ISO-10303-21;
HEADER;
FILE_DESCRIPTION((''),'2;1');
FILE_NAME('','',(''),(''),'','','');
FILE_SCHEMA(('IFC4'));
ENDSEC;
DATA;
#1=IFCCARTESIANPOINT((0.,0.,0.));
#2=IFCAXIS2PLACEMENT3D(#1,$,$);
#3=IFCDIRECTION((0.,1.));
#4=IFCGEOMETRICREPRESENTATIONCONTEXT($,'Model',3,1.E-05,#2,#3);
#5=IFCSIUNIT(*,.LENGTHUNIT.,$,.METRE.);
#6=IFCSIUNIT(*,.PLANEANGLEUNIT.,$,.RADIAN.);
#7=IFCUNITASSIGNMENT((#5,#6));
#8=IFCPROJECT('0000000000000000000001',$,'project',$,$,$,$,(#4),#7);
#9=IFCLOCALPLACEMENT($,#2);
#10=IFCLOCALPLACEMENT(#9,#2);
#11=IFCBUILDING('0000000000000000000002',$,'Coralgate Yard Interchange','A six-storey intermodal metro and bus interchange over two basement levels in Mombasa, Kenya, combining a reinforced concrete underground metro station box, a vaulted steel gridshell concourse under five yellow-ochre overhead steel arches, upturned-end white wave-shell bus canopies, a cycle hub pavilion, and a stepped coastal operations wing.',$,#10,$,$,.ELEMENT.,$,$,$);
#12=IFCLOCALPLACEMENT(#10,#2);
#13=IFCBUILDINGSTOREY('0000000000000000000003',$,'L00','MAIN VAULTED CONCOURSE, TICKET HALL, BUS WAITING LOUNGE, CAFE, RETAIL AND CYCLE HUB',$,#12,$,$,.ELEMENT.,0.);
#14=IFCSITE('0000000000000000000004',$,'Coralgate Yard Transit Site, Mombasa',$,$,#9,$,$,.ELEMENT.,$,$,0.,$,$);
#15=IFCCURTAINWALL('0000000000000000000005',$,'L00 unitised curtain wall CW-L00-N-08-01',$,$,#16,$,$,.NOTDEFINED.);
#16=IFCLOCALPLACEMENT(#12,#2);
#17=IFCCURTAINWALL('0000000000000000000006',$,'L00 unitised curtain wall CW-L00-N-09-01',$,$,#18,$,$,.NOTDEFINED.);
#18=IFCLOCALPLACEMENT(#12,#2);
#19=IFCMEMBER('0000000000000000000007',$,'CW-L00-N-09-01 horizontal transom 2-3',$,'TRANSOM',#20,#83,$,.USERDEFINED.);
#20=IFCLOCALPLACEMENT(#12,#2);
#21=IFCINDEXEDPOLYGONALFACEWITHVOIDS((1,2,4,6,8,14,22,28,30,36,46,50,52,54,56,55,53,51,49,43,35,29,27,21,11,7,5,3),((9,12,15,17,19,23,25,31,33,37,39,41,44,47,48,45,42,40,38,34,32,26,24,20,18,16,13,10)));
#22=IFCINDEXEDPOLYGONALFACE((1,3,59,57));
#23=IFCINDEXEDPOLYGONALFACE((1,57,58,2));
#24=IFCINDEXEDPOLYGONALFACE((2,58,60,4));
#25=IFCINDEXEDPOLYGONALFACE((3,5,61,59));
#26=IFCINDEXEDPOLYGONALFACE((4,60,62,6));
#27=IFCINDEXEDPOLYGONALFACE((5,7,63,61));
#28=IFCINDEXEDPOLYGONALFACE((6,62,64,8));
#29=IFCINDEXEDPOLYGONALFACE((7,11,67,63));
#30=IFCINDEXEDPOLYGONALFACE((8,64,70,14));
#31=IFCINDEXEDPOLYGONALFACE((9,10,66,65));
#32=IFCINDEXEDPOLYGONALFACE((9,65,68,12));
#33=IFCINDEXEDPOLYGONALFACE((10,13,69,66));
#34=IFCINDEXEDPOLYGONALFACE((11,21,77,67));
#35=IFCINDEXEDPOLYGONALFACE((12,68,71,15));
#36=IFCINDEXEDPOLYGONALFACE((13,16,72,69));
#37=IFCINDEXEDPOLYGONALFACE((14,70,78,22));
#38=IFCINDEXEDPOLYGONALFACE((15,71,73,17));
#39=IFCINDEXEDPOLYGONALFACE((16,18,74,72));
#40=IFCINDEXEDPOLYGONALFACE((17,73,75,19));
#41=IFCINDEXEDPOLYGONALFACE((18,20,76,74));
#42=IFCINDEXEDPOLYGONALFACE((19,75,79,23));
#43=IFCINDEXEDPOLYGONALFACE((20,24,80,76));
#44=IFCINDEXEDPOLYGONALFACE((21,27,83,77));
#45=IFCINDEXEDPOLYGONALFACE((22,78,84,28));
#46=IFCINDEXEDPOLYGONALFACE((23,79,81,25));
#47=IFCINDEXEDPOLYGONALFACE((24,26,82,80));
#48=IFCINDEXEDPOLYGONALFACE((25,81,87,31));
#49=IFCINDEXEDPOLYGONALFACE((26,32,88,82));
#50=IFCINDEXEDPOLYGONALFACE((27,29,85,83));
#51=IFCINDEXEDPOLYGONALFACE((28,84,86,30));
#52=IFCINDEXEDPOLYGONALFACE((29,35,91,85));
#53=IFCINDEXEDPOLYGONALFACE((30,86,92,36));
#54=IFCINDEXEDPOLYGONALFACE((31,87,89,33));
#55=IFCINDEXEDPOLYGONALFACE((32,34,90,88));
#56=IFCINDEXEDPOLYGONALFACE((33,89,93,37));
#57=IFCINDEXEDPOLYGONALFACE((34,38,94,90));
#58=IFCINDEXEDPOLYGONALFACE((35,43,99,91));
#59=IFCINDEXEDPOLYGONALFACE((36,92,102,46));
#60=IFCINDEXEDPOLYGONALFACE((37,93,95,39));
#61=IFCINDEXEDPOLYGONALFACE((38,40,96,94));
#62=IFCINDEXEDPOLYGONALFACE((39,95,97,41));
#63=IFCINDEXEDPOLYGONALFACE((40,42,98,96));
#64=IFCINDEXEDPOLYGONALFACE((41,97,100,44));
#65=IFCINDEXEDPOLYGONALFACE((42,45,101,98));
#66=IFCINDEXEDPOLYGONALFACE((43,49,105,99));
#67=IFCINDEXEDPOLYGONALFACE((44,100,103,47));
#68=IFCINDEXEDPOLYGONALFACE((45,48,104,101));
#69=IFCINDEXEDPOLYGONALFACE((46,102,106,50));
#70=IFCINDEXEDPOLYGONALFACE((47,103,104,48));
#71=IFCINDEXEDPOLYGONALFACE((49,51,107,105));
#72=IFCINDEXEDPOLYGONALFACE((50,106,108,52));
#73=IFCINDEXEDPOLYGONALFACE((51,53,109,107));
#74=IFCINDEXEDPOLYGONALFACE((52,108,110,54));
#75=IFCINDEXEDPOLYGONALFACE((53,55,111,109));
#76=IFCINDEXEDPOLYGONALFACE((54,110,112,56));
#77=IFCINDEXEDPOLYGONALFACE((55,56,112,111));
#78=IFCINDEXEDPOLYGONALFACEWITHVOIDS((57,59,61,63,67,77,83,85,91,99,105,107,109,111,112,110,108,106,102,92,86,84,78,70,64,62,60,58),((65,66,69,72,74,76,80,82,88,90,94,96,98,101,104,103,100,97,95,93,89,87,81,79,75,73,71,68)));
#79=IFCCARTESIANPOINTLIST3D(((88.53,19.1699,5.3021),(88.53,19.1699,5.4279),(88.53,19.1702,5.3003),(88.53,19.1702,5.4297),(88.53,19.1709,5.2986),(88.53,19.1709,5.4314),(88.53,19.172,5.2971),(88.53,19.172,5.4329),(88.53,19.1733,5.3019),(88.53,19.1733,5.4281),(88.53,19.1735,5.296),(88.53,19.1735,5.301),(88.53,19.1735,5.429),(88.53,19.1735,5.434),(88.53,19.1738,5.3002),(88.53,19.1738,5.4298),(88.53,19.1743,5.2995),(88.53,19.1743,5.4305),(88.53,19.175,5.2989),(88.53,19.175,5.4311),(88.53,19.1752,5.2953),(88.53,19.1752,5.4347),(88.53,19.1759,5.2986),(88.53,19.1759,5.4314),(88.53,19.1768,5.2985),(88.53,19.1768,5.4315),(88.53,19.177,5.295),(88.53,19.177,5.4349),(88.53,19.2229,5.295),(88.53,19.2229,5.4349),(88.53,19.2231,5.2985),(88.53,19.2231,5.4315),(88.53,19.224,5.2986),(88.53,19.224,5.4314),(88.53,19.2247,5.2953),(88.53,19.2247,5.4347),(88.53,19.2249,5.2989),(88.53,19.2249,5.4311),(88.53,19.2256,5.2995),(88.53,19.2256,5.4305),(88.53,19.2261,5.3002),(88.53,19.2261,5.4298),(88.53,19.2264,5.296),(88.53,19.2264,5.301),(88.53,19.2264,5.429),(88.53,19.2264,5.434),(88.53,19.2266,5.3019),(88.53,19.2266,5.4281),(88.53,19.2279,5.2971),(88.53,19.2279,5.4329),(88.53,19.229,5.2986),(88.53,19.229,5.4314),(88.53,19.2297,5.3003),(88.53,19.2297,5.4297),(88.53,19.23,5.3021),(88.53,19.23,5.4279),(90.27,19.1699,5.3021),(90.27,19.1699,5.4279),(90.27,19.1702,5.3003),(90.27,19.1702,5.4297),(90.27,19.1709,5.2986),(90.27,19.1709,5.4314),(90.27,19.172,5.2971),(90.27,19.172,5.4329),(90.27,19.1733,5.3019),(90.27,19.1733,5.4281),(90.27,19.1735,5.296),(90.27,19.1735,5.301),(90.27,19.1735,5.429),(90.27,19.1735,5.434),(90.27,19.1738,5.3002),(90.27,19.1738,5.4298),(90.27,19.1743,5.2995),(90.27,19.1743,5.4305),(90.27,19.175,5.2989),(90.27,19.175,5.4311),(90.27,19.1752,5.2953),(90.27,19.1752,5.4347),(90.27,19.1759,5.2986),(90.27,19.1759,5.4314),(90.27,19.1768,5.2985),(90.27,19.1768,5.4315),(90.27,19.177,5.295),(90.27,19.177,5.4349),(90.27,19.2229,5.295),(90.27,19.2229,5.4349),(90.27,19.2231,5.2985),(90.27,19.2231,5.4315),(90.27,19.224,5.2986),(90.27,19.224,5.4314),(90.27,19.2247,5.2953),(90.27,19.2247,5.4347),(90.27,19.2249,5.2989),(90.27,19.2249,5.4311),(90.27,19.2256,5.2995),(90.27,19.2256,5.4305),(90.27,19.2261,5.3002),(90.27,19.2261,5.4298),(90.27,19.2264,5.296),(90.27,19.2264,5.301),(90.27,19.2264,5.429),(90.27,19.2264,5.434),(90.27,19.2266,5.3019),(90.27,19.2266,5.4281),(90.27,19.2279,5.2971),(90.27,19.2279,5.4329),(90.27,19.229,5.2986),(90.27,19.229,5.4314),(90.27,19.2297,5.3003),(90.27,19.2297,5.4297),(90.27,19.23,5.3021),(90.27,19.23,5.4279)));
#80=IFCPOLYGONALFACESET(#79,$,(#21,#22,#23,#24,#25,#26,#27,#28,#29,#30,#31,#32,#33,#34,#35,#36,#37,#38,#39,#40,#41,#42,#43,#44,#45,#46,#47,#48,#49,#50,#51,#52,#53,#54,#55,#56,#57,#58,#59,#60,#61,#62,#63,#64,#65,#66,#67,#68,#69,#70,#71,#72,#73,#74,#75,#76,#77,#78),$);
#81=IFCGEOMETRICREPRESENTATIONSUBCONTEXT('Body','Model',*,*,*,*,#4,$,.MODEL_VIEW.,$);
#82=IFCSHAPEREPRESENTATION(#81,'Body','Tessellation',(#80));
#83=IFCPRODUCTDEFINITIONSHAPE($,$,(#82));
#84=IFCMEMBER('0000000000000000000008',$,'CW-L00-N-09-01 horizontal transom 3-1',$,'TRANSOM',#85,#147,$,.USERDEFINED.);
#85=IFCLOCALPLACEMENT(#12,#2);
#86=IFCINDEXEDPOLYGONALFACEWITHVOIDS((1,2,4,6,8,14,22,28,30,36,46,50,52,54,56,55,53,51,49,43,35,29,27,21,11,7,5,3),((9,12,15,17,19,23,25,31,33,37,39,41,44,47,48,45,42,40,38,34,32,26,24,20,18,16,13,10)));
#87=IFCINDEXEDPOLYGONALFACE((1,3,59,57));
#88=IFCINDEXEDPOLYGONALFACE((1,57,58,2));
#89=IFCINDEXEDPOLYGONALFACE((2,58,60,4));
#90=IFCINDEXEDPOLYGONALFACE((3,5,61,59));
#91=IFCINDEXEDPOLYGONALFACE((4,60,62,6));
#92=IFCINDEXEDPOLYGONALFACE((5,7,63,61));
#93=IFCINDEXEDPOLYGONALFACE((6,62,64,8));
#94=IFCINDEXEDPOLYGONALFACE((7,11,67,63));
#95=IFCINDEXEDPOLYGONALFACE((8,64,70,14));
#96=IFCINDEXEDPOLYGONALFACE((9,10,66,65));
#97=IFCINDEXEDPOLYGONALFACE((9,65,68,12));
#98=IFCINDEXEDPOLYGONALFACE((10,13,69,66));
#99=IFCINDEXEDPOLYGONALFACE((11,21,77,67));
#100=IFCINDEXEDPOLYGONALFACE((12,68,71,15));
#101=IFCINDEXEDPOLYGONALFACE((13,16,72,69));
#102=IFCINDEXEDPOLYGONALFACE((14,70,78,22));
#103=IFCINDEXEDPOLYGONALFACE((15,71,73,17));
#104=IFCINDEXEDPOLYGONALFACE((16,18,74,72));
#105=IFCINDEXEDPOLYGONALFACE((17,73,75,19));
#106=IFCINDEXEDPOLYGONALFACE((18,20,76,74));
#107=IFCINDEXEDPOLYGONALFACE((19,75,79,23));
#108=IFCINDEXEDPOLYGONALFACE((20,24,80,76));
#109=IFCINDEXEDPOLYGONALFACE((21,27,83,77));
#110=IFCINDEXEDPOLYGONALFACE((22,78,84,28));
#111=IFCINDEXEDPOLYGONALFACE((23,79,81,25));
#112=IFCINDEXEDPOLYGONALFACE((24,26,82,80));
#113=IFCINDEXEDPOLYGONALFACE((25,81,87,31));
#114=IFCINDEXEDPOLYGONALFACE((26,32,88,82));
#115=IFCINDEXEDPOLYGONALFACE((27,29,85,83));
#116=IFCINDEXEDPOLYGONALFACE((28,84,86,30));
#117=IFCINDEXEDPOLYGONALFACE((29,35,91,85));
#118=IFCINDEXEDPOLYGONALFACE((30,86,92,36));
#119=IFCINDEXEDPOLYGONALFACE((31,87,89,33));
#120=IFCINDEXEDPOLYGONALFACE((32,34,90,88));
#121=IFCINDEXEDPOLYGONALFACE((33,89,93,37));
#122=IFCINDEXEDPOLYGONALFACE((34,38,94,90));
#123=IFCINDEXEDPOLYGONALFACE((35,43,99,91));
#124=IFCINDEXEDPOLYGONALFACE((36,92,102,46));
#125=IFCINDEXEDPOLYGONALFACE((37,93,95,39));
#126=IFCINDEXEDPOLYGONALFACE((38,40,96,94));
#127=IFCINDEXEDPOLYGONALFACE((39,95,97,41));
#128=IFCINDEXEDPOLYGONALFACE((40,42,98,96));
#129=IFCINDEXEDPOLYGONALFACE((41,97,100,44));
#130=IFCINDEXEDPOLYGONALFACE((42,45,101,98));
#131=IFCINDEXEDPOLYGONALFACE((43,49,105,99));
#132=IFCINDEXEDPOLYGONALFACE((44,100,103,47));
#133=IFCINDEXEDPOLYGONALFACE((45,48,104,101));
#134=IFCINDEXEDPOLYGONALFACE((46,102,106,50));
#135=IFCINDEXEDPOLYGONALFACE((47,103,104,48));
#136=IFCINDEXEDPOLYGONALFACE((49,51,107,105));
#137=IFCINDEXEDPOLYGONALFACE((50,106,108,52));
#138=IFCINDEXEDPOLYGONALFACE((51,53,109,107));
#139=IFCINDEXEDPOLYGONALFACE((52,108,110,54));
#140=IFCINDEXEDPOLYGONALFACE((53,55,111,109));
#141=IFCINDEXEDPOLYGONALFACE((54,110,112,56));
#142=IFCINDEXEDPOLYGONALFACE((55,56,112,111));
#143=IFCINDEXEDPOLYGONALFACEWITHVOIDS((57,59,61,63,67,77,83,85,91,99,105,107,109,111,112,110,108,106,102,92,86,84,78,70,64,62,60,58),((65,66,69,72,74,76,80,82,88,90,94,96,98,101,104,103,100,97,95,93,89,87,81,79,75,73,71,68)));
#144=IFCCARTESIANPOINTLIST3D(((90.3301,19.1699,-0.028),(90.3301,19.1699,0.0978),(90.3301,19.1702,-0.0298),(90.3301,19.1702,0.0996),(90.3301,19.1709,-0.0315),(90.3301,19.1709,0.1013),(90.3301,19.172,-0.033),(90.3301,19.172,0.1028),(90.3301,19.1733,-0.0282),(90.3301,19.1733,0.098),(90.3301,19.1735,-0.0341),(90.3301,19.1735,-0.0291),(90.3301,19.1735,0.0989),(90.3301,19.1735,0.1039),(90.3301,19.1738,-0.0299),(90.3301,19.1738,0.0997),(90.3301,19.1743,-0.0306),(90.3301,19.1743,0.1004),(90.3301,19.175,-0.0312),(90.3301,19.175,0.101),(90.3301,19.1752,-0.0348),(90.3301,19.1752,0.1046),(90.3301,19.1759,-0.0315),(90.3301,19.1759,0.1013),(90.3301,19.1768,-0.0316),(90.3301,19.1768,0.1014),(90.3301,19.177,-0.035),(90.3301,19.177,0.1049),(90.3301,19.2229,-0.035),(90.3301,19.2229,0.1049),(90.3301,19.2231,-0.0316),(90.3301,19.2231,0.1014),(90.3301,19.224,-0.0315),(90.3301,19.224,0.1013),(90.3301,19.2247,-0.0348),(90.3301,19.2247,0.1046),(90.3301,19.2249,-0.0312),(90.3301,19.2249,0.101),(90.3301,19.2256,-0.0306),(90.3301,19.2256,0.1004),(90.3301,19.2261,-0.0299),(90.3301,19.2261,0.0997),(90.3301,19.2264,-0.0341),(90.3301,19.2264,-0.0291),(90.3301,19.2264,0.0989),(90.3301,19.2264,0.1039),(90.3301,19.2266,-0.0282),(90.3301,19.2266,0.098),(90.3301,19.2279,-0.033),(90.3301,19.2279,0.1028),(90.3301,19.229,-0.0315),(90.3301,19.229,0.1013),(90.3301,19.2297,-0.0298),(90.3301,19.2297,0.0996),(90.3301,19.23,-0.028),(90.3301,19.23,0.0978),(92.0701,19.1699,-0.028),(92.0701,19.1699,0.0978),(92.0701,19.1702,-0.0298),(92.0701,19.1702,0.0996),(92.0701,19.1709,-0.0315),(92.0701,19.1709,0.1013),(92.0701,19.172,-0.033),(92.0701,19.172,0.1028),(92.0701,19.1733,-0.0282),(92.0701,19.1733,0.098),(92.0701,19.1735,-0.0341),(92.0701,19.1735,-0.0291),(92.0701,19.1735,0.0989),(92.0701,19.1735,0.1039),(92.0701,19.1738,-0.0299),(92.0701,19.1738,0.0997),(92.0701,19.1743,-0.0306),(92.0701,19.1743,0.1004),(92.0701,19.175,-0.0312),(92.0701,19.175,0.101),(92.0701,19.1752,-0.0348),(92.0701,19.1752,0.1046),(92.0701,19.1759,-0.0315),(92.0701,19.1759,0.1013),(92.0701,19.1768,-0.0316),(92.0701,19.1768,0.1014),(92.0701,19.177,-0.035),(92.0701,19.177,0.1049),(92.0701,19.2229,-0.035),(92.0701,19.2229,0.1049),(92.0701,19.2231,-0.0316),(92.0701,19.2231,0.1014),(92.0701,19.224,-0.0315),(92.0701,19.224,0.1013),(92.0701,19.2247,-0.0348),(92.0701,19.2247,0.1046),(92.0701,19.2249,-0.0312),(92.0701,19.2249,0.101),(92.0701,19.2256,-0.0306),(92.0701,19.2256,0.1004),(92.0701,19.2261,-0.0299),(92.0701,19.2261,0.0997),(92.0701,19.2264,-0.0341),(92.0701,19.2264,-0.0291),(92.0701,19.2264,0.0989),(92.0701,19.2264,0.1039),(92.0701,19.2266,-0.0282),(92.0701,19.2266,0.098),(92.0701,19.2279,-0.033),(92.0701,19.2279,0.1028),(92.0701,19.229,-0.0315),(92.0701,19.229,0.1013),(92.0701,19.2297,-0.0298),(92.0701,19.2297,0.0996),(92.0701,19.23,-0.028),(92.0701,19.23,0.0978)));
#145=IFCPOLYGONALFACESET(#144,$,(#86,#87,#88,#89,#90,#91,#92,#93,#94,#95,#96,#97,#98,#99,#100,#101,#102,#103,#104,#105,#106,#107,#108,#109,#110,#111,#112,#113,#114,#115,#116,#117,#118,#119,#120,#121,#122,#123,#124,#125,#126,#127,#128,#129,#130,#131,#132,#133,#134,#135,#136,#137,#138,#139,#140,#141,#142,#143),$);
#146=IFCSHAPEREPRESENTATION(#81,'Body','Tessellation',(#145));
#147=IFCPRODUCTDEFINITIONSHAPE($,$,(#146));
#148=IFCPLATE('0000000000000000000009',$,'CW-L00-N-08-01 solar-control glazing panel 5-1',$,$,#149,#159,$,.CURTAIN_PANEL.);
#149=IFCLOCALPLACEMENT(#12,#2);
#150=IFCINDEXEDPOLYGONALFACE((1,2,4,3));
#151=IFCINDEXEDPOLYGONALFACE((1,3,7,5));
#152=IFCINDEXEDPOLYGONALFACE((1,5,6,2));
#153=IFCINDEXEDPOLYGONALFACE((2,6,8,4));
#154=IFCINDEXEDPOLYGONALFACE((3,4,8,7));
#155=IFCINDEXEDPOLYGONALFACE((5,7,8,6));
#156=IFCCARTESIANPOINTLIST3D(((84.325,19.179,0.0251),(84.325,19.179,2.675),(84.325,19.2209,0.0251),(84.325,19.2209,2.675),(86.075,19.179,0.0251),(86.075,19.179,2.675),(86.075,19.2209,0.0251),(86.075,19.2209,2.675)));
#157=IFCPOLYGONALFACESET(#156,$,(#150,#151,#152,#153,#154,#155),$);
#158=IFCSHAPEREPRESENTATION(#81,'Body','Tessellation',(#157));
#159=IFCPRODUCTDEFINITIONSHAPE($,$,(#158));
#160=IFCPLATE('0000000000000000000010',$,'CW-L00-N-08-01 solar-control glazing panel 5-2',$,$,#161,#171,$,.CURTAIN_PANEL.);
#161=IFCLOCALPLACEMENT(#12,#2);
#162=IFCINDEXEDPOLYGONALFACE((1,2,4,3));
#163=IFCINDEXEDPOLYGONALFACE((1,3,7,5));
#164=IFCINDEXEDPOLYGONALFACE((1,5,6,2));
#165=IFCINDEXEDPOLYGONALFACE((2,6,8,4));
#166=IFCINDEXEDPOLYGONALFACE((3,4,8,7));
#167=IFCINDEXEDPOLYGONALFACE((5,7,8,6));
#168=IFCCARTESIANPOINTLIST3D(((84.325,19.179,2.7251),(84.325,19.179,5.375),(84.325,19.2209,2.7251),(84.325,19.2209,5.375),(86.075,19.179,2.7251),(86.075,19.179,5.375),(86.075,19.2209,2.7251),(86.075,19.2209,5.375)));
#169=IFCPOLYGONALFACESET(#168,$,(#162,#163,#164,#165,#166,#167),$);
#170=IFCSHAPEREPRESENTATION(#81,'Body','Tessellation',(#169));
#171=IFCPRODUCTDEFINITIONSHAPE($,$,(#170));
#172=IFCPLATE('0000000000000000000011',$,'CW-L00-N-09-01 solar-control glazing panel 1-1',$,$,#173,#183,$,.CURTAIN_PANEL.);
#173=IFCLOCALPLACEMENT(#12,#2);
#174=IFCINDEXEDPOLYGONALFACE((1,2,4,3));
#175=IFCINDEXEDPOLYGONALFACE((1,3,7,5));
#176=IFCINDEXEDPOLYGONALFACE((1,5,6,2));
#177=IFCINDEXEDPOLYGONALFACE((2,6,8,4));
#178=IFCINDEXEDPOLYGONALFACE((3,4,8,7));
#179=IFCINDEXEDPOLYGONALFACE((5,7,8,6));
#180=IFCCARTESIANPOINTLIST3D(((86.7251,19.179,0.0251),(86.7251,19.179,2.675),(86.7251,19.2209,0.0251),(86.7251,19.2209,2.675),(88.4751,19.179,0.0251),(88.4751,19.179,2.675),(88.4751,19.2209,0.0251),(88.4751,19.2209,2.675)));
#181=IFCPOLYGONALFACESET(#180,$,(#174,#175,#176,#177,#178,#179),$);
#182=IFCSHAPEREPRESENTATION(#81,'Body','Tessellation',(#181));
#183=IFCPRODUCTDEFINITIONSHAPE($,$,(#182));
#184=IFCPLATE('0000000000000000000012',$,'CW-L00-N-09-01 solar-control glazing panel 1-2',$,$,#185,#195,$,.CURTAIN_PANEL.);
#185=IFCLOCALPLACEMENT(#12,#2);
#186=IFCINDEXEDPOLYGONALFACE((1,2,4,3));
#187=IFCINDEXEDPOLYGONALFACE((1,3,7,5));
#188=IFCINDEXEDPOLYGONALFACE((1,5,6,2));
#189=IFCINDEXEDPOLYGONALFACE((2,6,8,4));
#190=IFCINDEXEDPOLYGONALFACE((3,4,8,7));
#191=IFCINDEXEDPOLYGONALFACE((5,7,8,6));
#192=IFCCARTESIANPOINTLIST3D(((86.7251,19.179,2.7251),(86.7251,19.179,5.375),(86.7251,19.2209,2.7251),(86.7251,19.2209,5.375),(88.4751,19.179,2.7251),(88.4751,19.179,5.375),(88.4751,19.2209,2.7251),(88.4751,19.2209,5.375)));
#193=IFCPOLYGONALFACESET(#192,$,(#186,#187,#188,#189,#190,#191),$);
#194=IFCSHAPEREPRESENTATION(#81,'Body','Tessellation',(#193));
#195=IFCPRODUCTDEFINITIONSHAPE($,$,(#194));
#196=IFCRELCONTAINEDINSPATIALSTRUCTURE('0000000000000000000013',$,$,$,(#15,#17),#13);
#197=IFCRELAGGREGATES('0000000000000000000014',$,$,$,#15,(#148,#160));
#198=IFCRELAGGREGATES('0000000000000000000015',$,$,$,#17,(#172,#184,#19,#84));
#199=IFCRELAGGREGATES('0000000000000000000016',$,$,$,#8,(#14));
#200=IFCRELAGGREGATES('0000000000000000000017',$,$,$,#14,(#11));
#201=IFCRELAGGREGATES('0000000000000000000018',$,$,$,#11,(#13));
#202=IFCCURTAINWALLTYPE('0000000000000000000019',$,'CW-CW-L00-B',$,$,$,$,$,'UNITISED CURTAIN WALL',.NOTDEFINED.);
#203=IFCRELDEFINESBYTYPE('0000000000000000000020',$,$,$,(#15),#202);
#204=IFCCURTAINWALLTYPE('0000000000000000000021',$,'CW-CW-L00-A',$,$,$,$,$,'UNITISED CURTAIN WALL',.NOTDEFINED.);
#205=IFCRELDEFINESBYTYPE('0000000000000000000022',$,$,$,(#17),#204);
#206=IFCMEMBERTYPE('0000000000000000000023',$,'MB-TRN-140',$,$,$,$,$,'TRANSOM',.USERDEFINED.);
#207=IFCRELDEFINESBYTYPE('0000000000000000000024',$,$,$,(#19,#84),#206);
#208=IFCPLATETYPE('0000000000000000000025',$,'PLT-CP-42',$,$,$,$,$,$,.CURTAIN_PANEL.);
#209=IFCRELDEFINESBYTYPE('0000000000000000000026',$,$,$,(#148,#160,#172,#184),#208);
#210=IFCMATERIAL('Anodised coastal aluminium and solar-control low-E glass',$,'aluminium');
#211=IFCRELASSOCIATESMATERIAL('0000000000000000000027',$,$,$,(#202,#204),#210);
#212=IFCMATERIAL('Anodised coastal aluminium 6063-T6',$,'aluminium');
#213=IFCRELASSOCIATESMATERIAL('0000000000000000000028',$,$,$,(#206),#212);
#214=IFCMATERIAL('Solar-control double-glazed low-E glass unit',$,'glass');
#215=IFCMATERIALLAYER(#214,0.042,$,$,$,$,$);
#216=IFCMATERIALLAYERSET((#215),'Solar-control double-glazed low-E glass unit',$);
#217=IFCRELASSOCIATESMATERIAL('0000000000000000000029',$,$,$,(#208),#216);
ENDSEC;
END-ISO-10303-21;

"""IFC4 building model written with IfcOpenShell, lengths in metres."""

from ifc_helpers import new_model, si_unit, direction, frame, origin, origin_2d, place, context, subcontext, project, spatial, rectangle, hollow_rectangle, extrude, material, layer, layer_set, material_profile, profile_set, type_object, element, aggregate, save


model = new_model("IFC4")

# Units and contexts
model_context = context("Model", 3, precision=1e-05, world=origin(), true_north=direction((0.0, 1.0)))
body_context = subcontext(model_context, "Body", "Model", "MODEL_VIEW")
ifc_project = project(units=[si_unit("LENGTHUNIT", "METRE"), si_unit("PLANEANGLEUNIT", "RADIAN")], contexts=[model_context])

# Site, building, storey
site_placement = place(None, origin())
site = spatial("IfcSite", under=ifc_project, at=site_placement, Name="Coralgate Yard Transit Site, Mombasa", CompositionType="ELEMENT", RefElevation=0.0)
building_placement = place(site_placement, origin())
building = spatial("IfcBuilding", under=site, at=building_placement, Name="Coralgate Yard Interchange", Description="A six-storey intermodal metro and bus interchange over two basement levels in Mombasa, Kenya, combining a reinforced concrete underground metro station box, a vaulted steel gridshell concourse under five yellow-ochre overhead steel arches, upturned-end white wave-shell bus canopies, a cycle hub pavilion, and a stepped coastal operations wing.", CompositionType="ELEMENT")
storey_placement = place(building_placement, origin())
storey = spatial("IfcBuildingStorey", under=building, at=storey_placement, Name="L00", Description="MAIN VAULTED CONCOURSE, TICKET HALL, BUS WAITING LOUNGE, CAFE, RETAIL AND CYCLE HUB", CompositionType="ELEMENT", Elevation=0.0)

# Curtain wall
ifc_material_1 = material(Name="Anodised coastal aluminium and solar-control low-E glass", Category="aluminium")
curtain_wall_type_1 = type_object("IfcCurtainWallType", Name="CW-CW-L00-B", ElementType="UNITISED CURTAIN WALL", PredefinedType="NOTDEFINED", material=ifc_material_1)
curtain_wall_1_placement = place(storey_placement, origin())
curtain_wall_1 = element("IfcCurtainWall", 1, at=curtain_wall_1_placement, inside=storey, type_object=curtain_wall_type_1, Name="L00 unitised curtain wall CW-L00-N-08-01", PredefinedType="NOTDEFINED")
ifc_material_2 = material(Name="Anodised coastal aluminium 6063-T6", Category="aluminium")

# Curtain wall
curtain_wall_type_2 = type_object("IfcCurtainWallType", Name="CW-CW-L00-A", ElementType="UNITISED CURTAIN WALL", PredefinedType="NOTDEFINED", material=ifc_material_1)
curtain_wall_2_placement = place(storey_placement, origin())
curtain_wall_2 = element("IfcCurtainWall", 2, at=curtain_wall_2_placement, inside=storey, type_object=curtain_wall_type_2, Name="L00 unitised curtain wall CW-L00-N-09-01", PredefinedType="NOTDEFINED")

# Members
ifc_material_profile_1 = material_profile(ifc_material_2, hollow_rectangle(XDim=0.0601, YDim=0.1399, WallThickness=0.0034, InnerFilletRadius=0.0034, OuterFilletRadius=0.0071, at=origin_2d()), Name="ALU 60x140x3.5")
ifc_profile_set_1 = profile_set([ifc_material_profile_1], Name="Anodised coastal aluminium 6063-T6")
member_type_1 = type_object("IfcMemberType", Name="MB-TRN-140", ElementType="TRANSOM", PredefinedType="USERDEFINED", material=ifc_profile_set_1)
member_1_placement = place(storey_placement, frame((88.53, 19.2, 5.365), z_axis=(1.0, 0.0, 0.0), x_axis=(0.0, 1.0, 0.0)))
member_1 = element("IfcMember", 3, at=member_1_placement, type_object=member_type_1, Name="CW-L00-N-09-01 horizontal transom 2-3", ObjectType="TRANSOM", PredefinedType="USERDEFINED", context=body_context, shape_type="SweptSolid", body=[
    extrude(hollow_rectangle(XDim=0.0601, YDim=0.1399, WallThickness=0.0034, InnerFilletRadius=0.0034, OuterFilletRadius=0.0071, at=origin_2d()), origin(), (0.0, 0.0, 1.0), 1.74),
])
member_2_placement = place(storey_placement, frame((90.3301, 19.2, 0.0349), z_axis=(1.0, 0.0, 0.0), x_axis=(0.0, 1.0, 0.0)))
member_2 = element("IfcMember", 4, at=member_2_placement, type_object=member_type_1, Name="CW-L00-N-09-01 horizontal transom 3-1", ObjectType="TRANSOM", PredefinedType="USERDEFINED", context=body_context, shape_type="SweptSolid", body=[
    extrude(hollow_rectangle(XDim=0.0601, YDim=0.1399, WallThickness=0.0034, InnerFilletRadius=0.0034, OuterFilletRadius=0.0071, at=origin_2d()), origin(), (0.0, 0.0, 1.0), 1.74),
])

# Plates
ifc_material_3 = material(Name="Solar-control double-glazed low-E glass unit", Category="glass")
ifc_layer = layer(ifc_material_3, 0.042)
ifc_layer_set = layer_set([ifc_layer], Name="Solar-control double-glazed low-E glass unit")
plate_type = type_object("IfcPlateType", Name="PLT-CP-42", PredefinedType="CURTAIN_PANEL", material=ifc_layer_set)
plate_1_placement = place(storey_placement, frame((85.2, 19.2, 0.0251), z_axis=(0.0, 0.0, 1.0), x_axis=(1.0, 0.0, 0.0)))
plate_1 = element("IfcPlate", 5, at=plate_1_placement, type_object=plate_type, Name="CW-L00-N-08-01 solar-control glazing panel 5-1", PredefinedType="CURTAIN_PANEL", context=body_context, shape_type="SweptSolid", body=[
    extrude(rectangle(XDim=1.75, YDim=0.042, at=origin_2d()), origin(), (0.0, 0.0, 1.0), 2.6499),
])
plate_2_placement = place(storey_placement, frame((85.2, 19.2, 2.7251), z_axis=(0.0, 0.0, 1.0), x_axis=(1.0, 0.0, 0.0)))
plate_2 = element("IfcPlate", 6, at=plate_2_placement, type_object=plate_type, Name="CW-L00-N-08-01 solar-control glazing panel 5-2", PredefinedType="CURTAIN_PANEL", context=body_context, shape_type="SweptSolid", body=[
    extrude(rectangle(XDim=1.75, YDim=0.042, at=origin_2d()), origin(), (0.0, 0.0, 1.0), 2.6499),
])
aggregate(curtain_wall_1, [plate_1, plate_2])
plate_3_placement = place(storey_placement, frame((87.6001, 19.2, 0.0251), z_axis=(0.0, 0.0, 1.0), x_axis=(1.0, 0.0, 0.0)))
plate_3 = element("IfcPlate", 7, at=plate_3_placement, type_object=plate_type, Name="CW-L00-N-09-01 solar-control glazing panel 1-1", PredefinedType="CURTAIN_PANEL", context=body_context, shape_type="SweptSolid", body=[
    extrude(rectangle(XDim=1.75, YDim=0.042, at=origin_2d()), origin(), (0.0, 0.0, 1.0), 2.6499),
])
plate_4_placement = place(storey_placement, frame((87.6001, 19.2, 2.7251), z_axis=(0.0, 0.0, 1.0), x_axis=(1.0, 0.0, 0.0)))
plate_4 = element("IfcPlate", 8, at=plate_4_placement, type_object=plate_type, Name="CW-L00-N-09-01 solar-control glazing panel 1-2", PredefinedType="CURTAIN_PANEL", context=body_context, shape_type="SweptSolid", body=[
    extrude(rectangle(XDim=1.75, YDim=0.042, at=origin_2d()), origin(), (0.0, 0.0, 1.0), 2.6499),
])
aggregate(curtain_wall_2, [plate_3, plate_4, member_1, member_2])

save(model, "model.ifc")
